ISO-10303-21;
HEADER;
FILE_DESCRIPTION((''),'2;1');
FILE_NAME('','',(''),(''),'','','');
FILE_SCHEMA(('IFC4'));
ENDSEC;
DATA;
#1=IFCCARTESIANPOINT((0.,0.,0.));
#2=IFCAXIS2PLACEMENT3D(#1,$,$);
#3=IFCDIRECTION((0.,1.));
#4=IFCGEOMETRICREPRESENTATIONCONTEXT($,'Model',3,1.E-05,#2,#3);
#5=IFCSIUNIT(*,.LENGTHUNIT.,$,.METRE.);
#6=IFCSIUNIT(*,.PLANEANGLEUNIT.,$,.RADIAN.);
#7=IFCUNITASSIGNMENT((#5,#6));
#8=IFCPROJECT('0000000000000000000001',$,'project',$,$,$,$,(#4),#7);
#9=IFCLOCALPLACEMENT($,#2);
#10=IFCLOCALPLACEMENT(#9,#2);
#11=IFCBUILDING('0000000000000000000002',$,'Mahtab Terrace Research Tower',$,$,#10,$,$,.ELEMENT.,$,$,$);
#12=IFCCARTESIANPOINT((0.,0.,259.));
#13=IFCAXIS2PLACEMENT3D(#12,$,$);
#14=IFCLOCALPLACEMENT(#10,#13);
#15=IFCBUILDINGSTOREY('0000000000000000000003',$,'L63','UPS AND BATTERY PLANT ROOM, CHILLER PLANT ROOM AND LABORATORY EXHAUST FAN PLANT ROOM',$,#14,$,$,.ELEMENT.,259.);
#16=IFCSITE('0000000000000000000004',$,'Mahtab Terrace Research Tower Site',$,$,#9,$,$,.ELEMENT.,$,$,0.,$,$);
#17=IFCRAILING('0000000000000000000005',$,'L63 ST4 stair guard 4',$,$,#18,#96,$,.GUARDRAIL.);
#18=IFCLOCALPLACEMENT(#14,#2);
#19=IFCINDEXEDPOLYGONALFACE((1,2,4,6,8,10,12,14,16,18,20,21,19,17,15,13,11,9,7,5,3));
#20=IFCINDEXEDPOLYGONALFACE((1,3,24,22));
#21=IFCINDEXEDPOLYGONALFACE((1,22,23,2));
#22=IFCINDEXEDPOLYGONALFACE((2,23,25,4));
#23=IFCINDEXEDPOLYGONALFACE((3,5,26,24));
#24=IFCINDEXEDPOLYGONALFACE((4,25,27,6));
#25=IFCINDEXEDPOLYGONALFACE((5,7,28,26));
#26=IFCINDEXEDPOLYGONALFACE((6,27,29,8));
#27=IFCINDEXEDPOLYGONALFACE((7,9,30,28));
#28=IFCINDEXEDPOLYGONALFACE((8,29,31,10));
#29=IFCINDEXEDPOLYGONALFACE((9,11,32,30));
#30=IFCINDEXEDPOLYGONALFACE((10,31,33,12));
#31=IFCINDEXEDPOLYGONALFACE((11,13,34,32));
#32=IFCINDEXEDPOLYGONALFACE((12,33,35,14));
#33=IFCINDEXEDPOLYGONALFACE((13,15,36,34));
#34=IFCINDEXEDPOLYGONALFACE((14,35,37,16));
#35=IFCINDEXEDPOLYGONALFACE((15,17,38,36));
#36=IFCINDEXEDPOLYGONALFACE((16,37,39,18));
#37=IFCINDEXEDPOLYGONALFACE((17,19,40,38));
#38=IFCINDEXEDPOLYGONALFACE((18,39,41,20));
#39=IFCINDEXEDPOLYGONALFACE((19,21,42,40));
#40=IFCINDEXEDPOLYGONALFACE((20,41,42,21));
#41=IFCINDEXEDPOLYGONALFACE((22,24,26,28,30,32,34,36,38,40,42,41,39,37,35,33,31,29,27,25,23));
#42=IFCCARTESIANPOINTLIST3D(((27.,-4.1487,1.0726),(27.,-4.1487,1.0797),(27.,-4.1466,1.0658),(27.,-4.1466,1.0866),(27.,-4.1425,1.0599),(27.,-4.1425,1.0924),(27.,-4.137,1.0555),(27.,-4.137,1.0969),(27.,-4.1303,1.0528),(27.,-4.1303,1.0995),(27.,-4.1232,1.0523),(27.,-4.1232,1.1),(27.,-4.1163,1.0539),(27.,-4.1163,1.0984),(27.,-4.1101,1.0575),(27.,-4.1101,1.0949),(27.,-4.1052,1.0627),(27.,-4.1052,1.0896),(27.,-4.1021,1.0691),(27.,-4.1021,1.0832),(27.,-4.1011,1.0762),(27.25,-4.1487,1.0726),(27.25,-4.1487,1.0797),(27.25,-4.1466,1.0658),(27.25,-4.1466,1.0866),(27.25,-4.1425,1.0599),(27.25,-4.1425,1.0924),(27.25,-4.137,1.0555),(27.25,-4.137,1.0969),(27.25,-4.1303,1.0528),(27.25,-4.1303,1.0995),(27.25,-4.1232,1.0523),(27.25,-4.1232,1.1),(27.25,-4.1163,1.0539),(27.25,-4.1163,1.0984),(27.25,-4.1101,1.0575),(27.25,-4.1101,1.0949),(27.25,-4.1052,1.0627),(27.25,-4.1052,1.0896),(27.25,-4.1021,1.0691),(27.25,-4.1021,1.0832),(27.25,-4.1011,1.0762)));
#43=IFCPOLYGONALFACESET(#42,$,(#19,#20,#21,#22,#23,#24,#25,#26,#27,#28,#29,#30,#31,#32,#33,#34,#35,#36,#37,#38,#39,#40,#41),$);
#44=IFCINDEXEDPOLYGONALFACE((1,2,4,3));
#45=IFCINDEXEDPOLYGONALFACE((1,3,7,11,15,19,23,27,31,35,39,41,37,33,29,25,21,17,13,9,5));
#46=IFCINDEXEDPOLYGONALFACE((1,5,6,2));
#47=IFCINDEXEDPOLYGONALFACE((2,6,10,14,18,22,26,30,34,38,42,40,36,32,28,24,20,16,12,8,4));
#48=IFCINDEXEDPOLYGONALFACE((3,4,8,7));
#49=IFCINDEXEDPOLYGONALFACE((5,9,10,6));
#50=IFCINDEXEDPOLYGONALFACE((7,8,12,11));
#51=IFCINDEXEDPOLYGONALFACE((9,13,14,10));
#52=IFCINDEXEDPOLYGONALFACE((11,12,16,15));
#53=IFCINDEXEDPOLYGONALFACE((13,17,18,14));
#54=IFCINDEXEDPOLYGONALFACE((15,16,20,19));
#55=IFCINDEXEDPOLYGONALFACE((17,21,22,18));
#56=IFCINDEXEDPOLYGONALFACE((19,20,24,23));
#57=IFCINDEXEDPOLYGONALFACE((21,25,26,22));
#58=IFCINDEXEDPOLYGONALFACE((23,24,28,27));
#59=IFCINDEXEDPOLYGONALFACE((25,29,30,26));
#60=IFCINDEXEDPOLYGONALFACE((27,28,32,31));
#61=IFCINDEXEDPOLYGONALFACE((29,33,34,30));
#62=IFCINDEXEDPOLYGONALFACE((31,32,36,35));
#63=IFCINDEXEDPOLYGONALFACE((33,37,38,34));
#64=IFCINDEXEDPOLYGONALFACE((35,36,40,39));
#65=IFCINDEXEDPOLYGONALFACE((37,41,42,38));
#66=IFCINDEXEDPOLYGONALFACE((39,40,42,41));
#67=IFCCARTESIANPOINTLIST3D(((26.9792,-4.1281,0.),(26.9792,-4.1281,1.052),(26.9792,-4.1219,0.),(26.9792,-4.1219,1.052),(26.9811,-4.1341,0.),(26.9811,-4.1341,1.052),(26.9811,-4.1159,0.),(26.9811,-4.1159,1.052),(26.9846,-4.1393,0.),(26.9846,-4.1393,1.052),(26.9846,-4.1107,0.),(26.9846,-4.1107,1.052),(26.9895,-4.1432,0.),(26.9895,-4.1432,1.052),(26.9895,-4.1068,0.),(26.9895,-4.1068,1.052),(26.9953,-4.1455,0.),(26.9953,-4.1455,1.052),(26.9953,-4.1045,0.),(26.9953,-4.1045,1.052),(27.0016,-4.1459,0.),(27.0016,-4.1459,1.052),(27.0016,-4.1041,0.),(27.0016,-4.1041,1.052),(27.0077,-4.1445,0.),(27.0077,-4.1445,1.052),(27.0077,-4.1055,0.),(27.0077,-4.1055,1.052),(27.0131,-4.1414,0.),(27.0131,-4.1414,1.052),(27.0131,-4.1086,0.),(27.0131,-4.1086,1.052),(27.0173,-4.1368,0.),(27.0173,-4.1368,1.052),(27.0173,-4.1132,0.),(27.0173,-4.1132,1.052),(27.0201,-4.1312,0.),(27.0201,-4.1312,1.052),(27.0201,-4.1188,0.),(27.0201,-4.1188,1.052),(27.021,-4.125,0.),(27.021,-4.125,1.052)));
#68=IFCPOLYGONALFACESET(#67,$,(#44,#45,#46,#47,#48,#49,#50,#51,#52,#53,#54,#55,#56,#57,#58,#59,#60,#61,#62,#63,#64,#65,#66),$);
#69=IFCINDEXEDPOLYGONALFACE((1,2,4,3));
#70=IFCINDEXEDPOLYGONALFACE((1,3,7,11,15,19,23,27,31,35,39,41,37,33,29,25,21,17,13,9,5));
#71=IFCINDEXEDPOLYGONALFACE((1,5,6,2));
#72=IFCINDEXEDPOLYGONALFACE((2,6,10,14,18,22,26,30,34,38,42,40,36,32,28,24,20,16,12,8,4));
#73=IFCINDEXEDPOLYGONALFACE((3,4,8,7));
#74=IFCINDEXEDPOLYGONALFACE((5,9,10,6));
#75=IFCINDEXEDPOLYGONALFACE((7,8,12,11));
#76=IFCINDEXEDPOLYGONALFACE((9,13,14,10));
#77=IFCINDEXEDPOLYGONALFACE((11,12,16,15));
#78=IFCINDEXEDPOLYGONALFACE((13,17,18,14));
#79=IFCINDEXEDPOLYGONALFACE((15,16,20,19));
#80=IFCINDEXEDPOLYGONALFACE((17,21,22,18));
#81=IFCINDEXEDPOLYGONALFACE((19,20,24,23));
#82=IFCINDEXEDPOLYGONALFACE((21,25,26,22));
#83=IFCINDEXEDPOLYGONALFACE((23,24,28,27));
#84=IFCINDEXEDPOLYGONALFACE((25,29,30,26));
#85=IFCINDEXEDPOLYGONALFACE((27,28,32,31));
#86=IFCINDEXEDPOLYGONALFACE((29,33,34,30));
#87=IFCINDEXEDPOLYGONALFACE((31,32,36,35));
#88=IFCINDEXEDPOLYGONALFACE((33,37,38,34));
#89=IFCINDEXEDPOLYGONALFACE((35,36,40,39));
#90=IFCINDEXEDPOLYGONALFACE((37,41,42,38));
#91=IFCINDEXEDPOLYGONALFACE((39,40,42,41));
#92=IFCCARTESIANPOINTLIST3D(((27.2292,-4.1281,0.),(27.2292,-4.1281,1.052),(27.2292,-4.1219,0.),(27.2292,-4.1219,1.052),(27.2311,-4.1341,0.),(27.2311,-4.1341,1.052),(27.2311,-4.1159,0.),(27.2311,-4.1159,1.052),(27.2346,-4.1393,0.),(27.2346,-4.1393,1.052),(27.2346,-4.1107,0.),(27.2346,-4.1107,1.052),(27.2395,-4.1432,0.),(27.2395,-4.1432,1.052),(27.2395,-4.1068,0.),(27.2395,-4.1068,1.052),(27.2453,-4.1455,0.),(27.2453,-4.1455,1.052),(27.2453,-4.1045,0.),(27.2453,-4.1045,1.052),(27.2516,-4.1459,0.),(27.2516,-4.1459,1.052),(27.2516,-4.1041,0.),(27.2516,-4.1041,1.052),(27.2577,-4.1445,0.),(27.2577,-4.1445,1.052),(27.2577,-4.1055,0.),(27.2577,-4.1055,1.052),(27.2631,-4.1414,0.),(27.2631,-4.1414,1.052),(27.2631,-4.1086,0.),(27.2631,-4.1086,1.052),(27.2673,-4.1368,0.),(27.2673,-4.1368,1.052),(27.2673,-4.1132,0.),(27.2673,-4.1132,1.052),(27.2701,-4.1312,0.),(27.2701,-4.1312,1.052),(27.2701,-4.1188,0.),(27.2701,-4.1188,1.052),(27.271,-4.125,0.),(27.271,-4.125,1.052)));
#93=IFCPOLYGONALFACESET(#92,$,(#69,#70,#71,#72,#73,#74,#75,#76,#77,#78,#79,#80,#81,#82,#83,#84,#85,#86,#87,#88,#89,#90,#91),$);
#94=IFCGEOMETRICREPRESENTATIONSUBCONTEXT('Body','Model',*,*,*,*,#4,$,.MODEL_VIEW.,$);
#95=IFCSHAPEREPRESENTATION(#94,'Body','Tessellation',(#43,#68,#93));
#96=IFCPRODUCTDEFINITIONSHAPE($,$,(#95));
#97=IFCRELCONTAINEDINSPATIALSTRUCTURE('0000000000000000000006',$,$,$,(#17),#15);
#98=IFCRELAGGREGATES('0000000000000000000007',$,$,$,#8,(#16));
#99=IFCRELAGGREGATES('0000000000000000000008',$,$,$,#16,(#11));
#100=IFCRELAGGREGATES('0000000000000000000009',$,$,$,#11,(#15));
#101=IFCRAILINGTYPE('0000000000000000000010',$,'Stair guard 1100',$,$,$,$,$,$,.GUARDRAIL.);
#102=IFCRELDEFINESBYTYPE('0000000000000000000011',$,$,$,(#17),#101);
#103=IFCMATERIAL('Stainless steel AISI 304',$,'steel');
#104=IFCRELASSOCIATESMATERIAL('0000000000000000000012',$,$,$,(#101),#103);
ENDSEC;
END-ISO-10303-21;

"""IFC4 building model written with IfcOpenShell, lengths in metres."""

from ifc_helpers import new_model, si_unit, direction, frame, origin, origin_2d, place, context, subcontext, project, spatial, circle, extrude, material, type_object, element, save


model = new_model("IFC4")

# Units and contexts
model_context = context("Model", 3, precision=1e-05, world=origin(), true_north=direction((0.0, 1.0)))
body_context = subcontext(model_context, "Body", "Model", "MODEL_VIEW")
ifc_project = project(units=[si_unit("LENGTHUNIT", "METRE"), si_unit("PLANEANGLEUNIT", "RADIAN")], contexts=[model_context])

# Site, building, storey
site_placement = place(None, origin())
site = spatial("IfcSite", under=ifc_project, at=site_placement, Name="Mahtab Terrace Research Tower Site", CompositionType="ELEMENT", RefElevation=0.0)
building_placement = place(site_placement, origin())
building = spatial("IfcBuilding", under=site, at=building_placement, Name="Mahtab Terrace Research Tower", CompositionType="ELEMENT")
storey_placement = place(building_placement, frame((0.0, 0.0, 259.0)))
storey = spatial("IfcBuildingStorey", under=building, at=storey_placement, Name="L63", Description="UPS AND BATTERY PLANT ROOM, CHILLER PLANT ROOM AND LABORATORY EXHAUST FAN PLANT ROOM", CompositionType="ELEMENT", Elevation=259.0)

# Railing
ifc_material_1 = material(Name="Stainless steel AISI 304", Category="steel")
railing_type_1 = type_object("IfcRailingType", Name="Stair guard 1100", PredefinedType="GUARDRAIL", material=ifc_material_1)
railing_1_placement = place(storey_placement, frame((27.0, -4.125, 0.0)))
element("IfcRailing", 1, at=railing_1_placement, inside=storey, type_object=railing_type_1, Name="L63 ST4 stair guard 4", PredefinedType="GUARDRAIL", context=body_context, shape_type="SweptSolid", body=[
    extrude(circle(Radius=0.0239, at=origin_2d()), frame((0.0, 0.0, 1.0762), z_axis=(1.0, 0.0, 0.0), x_axis=(0.0, 1.0, 0.0)), (0.0, 0.0, 1.0), 0.25),
    extrude(circle(Radius=0.021, at=origin_2d()), origin(), (0.0, 0.0, 1.0), 1.052),
    extrude(circle(Radius=0.021, at=origin_2d()), frame((0.25, 0.0, 0.0)), (0.0, 0.0, 1.0), 1.052),
])

save(model, "model.ifc")
